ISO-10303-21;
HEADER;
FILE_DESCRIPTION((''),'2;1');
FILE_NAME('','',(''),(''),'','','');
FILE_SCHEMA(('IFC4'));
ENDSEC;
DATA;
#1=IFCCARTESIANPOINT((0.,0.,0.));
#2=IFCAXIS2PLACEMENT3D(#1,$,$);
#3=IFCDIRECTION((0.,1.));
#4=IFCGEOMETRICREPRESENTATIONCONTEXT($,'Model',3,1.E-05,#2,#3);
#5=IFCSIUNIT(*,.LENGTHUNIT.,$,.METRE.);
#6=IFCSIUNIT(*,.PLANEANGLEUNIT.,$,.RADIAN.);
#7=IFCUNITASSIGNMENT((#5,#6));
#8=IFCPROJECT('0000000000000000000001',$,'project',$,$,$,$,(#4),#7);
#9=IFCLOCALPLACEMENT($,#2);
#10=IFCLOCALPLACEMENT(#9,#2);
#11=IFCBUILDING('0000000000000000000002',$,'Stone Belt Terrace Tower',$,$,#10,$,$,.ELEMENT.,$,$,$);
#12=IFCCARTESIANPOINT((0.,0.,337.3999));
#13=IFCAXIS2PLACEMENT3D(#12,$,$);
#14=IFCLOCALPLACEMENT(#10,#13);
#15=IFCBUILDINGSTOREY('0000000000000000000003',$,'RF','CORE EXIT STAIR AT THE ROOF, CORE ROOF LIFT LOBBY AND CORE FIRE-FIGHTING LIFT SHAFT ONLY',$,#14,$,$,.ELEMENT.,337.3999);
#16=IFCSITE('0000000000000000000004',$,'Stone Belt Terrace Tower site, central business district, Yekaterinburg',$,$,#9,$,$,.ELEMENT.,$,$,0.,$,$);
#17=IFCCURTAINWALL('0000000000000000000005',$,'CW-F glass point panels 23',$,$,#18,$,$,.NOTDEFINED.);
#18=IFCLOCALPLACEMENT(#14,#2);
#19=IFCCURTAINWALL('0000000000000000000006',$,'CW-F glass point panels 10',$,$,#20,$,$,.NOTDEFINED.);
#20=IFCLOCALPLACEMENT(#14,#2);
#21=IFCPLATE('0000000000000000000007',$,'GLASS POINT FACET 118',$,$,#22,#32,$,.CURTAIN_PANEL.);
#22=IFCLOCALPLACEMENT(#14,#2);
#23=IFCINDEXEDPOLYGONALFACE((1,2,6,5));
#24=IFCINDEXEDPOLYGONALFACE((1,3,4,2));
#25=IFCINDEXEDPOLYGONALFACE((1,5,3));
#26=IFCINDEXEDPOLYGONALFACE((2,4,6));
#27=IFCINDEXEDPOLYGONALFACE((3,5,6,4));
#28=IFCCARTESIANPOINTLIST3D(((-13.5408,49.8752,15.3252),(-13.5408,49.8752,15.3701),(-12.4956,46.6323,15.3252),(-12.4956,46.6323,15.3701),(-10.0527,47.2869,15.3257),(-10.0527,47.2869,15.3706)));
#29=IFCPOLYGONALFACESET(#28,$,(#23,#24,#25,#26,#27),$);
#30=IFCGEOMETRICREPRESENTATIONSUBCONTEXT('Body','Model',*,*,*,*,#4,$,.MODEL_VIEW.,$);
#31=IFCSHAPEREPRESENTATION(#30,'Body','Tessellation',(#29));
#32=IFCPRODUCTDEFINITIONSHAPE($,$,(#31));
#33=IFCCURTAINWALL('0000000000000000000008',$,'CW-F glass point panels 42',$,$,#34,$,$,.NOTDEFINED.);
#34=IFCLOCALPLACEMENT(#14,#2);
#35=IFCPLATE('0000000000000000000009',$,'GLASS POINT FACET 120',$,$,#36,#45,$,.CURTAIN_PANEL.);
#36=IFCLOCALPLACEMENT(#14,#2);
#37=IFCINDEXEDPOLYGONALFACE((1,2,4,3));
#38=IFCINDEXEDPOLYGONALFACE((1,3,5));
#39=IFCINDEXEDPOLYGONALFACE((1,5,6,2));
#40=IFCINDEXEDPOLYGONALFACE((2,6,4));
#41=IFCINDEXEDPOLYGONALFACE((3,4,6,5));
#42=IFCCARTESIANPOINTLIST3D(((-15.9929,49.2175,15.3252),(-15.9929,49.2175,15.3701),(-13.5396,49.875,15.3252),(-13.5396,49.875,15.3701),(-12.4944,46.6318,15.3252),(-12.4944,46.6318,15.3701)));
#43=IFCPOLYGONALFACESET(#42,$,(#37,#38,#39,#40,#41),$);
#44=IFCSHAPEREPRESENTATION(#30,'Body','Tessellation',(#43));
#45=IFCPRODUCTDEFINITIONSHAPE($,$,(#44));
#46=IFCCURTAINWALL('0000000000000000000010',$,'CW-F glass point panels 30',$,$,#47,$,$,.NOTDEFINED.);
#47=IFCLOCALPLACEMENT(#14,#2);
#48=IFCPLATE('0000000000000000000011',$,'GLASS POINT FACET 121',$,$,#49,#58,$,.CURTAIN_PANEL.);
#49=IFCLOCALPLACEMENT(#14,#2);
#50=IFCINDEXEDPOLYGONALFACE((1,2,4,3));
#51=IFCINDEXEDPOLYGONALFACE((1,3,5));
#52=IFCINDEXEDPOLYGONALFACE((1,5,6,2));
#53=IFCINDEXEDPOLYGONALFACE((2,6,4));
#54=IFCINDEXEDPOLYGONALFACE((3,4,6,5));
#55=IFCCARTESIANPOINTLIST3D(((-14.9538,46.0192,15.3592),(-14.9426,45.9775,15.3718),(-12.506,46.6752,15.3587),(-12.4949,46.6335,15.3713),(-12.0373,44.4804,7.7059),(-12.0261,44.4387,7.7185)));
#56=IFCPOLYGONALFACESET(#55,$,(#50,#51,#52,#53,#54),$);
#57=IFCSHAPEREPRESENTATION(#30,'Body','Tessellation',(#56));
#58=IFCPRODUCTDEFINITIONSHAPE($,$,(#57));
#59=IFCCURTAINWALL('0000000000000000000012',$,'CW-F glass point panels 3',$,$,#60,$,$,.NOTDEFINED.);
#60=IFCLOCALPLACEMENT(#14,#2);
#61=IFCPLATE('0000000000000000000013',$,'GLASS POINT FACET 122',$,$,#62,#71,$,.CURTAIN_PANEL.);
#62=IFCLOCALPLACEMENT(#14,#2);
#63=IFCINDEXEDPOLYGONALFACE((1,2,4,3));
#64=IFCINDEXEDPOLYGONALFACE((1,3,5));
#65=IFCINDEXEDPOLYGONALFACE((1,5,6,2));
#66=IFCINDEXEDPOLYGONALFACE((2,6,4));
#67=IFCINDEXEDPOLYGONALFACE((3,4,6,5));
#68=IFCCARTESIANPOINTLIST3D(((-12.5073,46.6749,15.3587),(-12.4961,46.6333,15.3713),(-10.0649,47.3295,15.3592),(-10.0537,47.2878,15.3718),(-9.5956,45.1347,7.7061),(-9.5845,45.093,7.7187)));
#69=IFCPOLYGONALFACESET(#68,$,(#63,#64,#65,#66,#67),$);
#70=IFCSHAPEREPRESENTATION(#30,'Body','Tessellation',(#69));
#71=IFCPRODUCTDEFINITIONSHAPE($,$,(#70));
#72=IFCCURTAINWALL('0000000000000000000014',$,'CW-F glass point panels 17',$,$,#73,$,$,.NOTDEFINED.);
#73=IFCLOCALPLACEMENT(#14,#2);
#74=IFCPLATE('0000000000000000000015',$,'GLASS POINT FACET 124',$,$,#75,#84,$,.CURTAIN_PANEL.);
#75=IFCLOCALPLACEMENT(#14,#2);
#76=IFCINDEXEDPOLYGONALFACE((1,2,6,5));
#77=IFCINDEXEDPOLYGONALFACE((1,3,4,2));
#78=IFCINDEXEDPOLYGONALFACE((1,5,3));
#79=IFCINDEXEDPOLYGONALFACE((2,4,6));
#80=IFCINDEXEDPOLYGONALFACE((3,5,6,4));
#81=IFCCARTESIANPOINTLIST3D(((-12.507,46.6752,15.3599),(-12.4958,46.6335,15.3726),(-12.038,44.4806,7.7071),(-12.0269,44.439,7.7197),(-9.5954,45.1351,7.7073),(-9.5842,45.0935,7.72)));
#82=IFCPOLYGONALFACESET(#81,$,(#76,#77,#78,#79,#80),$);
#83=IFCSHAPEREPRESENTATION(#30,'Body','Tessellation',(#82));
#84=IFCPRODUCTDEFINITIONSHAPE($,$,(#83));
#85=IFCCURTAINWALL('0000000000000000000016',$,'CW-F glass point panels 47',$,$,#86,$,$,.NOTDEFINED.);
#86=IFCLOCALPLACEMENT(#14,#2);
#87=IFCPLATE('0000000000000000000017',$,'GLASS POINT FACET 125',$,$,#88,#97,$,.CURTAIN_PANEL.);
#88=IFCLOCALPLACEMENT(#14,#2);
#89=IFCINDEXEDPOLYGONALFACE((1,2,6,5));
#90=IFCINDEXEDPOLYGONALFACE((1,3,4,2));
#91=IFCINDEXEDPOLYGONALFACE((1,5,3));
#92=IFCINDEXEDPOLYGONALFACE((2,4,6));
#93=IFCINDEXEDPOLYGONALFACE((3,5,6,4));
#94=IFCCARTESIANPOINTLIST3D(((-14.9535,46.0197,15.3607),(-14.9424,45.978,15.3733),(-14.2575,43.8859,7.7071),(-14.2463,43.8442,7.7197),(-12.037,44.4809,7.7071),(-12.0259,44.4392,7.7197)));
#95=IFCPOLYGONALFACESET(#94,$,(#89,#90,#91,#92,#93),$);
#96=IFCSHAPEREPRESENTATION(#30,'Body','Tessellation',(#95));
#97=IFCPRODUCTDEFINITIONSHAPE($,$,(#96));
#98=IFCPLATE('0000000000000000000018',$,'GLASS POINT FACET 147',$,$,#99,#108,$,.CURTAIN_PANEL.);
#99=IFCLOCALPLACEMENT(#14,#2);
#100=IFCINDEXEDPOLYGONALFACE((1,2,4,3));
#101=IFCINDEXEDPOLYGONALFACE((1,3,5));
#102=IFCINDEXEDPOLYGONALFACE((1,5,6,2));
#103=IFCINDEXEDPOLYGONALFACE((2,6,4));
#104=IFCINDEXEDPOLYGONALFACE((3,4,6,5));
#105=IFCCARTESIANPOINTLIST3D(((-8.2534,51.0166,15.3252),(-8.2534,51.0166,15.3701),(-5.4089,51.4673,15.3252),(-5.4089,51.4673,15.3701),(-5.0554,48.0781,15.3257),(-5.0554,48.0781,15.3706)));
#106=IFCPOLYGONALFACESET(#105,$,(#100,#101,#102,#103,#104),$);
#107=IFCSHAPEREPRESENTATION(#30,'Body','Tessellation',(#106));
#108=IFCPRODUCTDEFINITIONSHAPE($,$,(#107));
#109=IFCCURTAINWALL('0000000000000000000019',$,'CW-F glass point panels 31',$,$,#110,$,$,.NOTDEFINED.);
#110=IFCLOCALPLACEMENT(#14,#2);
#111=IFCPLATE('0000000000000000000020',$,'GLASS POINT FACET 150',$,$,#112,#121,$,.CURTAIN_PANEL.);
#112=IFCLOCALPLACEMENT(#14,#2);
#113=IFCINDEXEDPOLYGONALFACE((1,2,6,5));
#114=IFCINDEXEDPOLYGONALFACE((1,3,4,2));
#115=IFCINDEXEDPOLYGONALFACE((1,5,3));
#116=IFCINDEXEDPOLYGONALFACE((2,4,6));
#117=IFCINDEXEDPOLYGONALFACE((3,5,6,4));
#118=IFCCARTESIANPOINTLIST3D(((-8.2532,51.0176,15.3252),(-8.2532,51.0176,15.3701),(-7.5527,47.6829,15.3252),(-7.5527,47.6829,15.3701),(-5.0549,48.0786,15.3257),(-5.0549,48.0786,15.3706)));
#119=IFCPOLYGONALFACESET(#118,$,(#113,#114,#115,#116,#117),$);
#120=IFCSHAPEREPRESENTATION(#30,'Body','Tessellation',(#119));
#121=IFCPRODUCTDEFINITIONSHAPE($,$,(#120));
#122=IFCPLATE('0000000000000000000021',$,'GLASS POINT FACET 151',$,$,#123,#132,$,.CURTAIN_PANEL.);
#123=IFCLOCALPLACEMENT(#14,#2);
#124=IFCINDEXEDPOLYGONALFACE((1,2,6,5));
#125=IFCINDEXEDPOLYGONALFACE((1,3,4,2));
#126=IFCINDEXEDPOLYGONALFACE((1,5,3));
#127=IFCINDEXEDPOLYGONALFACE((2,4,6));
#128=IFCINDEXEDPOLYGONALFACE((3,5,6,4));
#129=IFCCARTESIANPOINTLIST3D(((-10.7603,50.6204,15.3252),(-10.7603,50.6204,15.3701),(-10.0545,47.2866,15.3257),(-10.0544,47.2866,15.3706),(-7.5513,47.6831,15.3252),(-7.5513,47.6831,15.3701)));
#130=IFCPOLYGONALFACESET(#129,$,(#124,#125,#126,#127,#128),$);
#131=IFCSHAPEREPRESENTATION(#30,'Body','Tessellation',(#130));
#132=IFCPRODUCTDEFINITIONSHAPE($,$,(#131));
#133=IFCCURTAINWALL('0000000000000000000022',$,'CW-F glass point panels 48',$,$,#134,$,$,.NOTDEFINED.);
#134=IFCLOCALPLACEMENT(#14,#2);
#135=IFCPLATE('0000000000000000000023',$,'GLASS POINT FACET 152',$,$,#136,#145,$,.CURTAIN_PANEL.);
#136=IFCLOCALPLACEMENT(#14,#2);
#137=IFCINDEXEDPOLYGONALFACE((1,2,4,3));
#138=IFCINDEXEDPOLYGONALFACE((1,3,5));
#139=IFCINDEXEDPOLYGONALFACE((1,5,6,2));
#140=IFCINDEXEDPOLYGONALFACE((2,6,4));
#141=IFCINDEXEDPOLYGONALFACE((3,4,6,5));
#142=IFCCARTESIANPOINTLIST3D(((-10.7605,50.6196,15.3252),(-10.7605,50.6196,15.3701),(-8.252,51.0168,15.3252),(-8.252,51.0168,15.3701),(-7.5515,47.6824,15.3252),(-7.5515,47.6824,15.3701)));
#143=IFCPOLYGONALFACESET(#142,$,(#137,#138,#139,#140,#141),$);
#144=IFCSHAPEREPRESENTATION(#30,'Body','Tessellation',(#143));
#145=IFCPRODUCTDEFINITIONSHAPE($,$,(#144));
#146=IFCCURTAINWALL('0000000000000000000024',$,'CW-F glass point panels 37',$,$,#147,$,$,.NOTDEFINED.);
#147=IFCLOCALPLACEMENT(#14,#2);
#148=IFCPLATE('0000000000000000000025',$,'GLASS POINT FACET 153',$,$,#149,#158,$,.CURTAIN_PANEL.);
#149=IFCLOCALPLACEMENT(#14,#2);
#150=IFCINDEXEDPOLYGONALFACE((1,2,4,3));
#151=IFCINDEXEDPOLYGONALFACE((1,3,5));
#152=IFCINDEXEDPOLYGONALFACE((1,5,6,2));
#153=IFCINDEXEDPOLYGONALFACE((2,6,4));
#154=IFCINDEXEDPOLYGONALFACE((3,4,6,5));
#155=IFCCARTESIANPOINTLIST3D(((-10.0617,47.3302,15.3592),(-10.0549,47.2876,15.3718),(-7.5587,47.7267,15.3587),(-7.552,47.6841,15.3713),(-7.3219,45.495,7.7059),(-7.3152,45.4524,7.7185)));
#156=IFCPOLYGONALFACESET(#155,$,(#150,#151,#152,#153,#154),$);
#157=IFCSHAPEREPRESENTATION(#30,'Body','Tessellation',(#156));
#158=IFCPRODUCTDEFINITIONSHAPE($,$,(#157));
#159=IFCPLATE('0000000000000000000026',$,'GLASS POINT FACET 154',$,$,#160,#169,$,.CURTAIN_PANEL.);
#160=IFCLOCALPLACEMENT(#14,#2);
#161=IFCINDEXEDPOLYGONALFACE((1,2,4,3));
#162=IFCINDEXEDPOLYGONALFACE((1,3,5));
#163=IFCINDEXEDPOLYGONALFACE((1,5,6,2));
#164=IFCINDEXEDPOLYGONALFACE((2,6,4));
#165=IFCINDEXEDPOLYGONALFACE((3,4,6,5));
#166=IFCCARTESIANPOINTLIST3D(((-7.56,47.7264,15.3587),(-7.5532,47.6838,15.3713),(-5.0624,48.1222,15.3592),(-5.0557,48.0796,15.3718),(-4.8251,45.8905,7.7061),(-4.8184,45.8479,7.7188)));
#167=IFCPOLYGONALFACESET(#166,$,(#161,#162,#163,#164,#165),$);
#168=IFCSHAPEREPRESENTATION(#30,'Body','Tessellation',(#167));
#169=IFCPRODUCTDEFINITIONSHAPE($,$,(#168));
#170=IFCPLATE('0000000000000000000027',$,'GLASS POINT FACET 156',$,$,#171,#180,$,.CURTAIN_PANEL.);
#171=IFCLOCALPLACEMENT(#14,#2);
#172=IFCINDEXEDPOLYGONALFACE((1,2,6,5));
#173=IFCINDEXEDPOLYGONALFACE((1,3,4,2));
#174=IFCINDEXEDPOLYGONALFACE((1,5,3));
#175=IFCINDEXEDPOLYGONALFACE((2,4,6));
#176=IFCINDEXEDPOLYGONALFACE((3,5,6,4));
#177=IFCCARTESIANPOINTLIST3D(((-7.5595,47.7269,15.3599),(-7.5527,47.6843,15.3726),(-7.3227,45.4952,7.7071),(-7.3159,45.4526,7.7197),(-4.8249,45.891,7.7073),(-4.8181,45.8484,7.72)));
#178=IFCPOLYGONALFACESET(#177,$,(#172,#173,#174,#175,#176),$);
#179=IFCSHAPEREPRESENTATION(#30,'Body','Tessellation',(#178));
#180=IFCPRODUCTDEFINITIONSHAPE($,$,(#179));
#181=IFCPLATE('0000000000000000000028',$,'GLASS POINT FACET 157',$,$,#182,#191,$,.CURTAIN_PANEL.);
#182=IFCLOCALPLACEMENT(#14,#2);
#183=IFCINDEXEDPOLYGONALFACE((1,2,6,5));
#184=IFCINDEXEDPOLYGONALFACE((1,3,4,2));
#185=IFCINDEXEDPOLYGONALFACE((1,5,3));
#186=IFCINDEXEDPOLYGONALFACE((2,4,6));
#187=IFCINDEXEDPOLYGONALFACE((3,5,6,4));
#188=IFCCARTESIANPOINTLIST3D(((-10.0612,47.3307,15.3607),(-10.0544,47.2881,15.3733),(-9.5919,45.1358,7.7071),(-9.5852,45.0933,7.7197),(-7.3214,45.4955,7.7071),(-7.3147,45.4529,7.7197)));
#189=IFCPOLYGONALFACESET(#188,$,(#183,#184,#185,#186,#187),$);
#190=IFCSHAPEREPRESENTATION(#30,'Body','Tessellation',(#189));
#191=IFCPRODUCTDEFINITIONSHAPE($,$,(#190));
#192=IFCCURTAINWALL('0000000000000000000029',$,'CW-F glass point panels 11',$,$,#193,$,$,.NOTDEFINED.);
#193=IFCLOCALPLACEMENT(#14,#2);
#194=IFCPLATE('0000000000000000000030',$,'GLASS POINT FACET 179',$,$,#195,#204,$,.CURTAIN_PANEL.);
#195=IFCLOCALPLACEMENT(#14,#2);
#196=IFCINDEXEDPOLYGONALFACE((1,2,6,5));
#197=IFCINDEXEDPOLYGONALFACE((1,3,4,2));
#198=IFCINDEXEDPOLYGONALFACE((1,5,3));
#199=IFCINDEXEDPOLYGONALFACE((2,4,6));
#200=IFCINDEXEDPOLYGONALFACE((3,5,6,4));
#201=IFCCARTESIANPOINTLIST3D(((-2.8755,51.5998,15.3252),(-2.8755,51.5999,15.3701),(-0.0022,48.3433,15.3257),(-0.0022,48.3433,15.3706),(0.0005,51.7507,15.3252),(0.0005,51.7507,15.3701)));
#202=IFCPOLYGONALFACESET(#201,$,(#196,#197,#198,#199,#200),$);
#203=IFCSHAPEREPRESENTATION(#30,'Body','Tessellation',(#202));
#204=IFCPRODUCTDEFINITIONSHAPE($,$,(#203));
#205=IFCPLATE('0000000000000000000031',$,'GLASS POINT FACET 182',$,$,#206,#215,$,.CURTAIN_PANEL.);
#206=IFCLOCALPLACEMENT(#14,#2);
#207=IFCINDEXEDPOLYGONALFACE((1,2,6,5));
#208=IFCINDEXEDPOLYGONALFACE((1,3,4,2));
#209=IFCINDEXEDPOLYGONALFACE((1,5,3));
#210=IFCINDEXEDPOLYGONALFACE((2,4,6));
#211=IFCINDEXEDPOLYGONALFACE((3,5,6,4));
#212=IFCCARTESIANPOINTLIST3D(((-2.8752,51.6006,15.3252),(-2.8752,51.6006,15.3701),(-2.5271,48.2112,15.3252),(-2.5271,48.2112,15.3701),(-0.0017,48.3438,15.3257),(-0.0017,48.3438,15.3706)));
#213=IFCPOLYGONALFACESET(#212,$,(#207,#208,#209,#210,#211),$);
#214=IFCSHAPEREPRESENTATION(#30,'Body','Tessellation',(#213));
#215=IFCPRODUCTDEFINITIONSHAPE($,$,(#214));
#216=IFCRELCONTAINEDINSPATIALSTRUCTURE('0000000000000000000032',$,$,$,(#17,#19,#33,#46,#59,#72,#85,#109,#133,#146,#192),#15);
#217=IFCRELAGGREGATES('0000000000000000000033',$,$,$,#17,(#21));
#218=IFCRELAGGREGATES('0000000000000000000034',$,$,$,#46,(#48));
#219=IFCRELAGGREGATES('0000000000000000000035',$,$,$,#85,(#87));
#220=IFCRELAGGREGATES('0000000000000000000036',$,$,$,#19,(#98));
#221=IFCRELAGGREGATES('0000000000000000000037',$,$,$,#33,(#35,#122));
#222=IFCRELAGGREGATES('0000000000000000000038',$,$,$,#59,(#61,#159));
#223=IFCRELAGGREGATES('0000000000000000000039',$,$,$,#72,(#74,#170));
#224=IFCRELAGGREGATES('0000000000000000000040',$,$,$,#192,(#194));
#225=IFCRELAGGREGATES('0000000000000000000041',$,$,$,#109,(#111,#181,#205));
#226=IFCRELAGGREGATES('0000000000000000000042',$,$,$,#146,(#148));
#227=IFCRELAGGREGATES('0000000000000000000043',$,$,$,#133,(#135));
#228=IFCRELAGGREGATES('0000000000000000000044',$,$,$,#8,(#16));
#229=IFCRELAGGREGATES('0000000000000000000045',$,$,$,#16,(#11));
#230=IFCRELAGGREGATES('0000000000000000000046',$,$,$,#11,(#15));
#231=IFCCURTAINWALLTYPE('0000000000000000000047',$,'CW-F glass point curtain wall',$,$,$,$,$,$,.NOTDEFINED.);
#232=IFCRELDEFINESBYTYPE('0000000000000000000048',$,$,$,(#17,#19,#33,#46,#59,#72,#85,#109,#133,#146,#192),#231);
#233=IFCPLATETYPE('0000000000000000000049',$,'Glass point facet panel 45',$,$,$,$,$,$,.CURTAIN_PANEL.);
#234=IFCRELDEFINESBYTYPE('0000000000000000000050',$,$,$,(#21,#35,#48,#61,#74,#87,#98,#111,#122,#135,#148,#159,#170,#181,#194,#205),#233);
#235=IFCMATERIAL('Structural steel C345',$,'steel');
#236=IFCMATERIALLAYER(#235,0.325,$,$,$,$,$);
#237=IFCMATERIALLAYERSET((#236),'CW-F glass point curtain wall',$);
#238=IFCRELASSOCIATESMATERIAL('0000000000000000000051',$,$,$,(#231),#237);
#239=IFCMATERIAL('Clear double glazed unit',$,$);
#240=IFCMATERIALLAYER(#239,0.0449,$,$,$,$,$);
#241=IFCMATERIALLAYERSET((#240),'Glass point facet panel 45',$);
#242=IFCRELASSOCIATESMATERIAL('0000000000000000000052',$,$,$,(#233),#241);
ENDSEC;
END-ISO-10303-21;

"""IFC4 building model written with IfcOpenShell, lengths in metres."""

from ifc_helpers import new_model, si_unit, direction, frame, origin, place, context, subcontext, project, spatial, polyline, outline, extrude, material, layer, layer_set, type_object, element, aggregate, save


model = new_model("IFC4")

# Units and contexts
model_context = context("Model", 3, precision=1e-05, world=origin(), true_north=direction((0.0, 1.0)))
body_context = subcontext(model_context, "Body", "Model", "MODEL_VIEW")
ifc_project = project(units=[si_unit("LENGTHUNIT", "METRE"), si_unit("PLANEANGLEUNIT", "RADIAN")], contexts=[model_context])

# Site, building, storey
site_placement = place(None, origin())
site = spatial("IfcSite", under=ifc_project, at=site_placement, Name="Stone Belt Terrace Tower site, central business district, Yekaterinburg", CompositionType="ELEMENT", RefElevation=0.0)
building_placement = place(site_placement, origin())
building = spatial("IfcBuilding", under=site, at=building_placement, Name="Stone Belt Terrace Tower", CompositionType="ELEMENT")
storey_placement = place(building_placement, frame((0.0, 0.0, 337.3999)))
storey = spatial("IfcBuildingStorey", under=building, at=storey_placement, Name="RF", Description="CORE EXIT STAIR AT THE ROOF, CORE ROOF LIFT LOBBY AND CORE FIRE-FIGHTING LIFT SHAFT ONLY", CompositionType="ELEMENT", Elevation=337.3999)

# Shared definitions
ifc_material_1 = material(Name="Structural steel C345", Category="steel")

# Curtain walls
ifc_layer_1 = layer(ifc_material_1, 0.325)
ifc_layer_set_1 = layer_set([ifc_layer_1], Name="CW-F glass point curtain wall")
curtain_wall_type = type_object("IfcCurtainWallType", Name="CW-F glass point curtain wall", PredefinedType="NOTDEFINED", material=ifc_layer_set_1)
ifc_material_2 = material(Name="Clear double glazed unit")
ifc_layer_2 = layer(ifc_material_2, 0.0449)
ifc_layer_set_2 = layer_set([ifc_layer_2], Name="Glass point facet panel 45")
plate_type = type_object("IfcPlateType", Name="Glass point facet panel 45", PredefinedType="CURTAIN_PANEL", material=ifc_layer_set_2)
curtain_wall_1_placement = place(storey_placement, origin())
curtain_wall_1 = element("IfcCurtainWall", 1, at=curtain_wall_1_placement, inside=storey, type_object=curtain_wall_type, Name="CW-F glass point panels 23", PredefinedType="NOTDEFINED")
curtain_wall_2_placement = place(storey_placement, origin())
curtain_wall_2 = element("IfcCurtainWall", 2, at=curtain_wall_2_placement, inside=storey, type_object=curtain_wall_type, Name="CW-F glass point panels 10", PredefinedType="NOTDEFINED")

# Plate
plate_1_placement = place(storey_placement, frame((-10.0527, 47.2869, 15.3706), z_axis=(-0.000184, -0.000059, 1.0), x_axis=(-0.965928, -0.25881, -0.000193)))
plate_1 = element("IfcPlate", 3, at=plate_1_placement, type_object=plate_type, Name="GLASS POINT FACET 118", PredefinedType="CURTAIN_PANEL", context=body_context, shape_type="SweptSolid", body=[
    extrude(outline(polyline([(0.0, 0.0), (2.529, 0.0), (2.6993, -3.4029), (0.0, 0.0)])), origin(), (0.0, 0.0, -1.0), 0.0449),
])
aggregate(curtain_wall_1, [plate_1])

# Curtain walls, plates
curtain_wall_3_placement = place(storey_placement, origin())
curtain_wall_3 = element("IfcCurtainWall", 4, at=curtain_wall_3_placement, inside=storey, type_object=curtain_wall_type, Name="CW-F glass point panels 42", PredefinedType="NOTDEFINED")
plate_2_placement = place(storey_placement, frame((-13.5396, 49.875, 15.3701), z_axis=(0.0, 0.0, 1.0), x_axis=(0.306733, -0.951796, 0.0)))
plate_2 = element("IfcPlate", 5, at=plate_2_placement, type_object=plate_type, Name="GLASS POINT FACET 120", PredefinedType="CURTAIN_PANEL", context=body_context, shape_type="SweptSolid", body=[
    extrude(outline(polyline([(0.0, 0.0), (3.4074, 0.0), (-0.1268, -2.5368), (0.0, 0.0)])), origin(), (0.0, 0.0, -1.0), 0.0449),
])
curtain_wall_4_placement = place(storey_placement, origin())
curtain_wall_4 = element("IfcCurtainWall", 6, at=curtain_wall_4_placement, inside=storey, type_object=curtain_wall_type, Name="CW-F glass point panels 30", PredefinedType="NOTDEFINED")
plate_3_placement = place(storey_placement, frame((-14.9426, 45.9775, 15.3718), z_axis=(0.248484, -0.92696, 0.281071), x_axis=(0.965913, 0.258868, -0.000193)))
plate_3 = element("IfcPlate", 7, at=plate_3_placement, type_object=plate_type, Name="GLASS POINT FACET 121", PredefinedType="CURTAIN_PANEL", context=body_context, shape_type="SweptSolid", body=[
    extrude(outline(polyline([(0.0, 0.0), (2.5341, 0.0), (2.4202, -7.9743), (0.0, 0.0)])), origin(), (0.0, 0.0, -1.0), 0.0449),
])
aggregate(curtain_wall_4, [plate_3])
curtain_wall_5_placement = place(storey_placement, origin())
curtain_wall_5 = element("IfcCurtainWall", 8, at=curtain_wall_5_placement, inside=storey, type_object=curtain_wall_type, Name="CW-F glass point panels 3", PredefinedType="NOTDEFINED")
plate_4_placement = place(storey_placement, frame((-10.0537, 47.2878, 15.3718), z_axis=(0.24837, -0.926988, 0.281079), x_axis=(0.058836, -0.275199, -0.959585)))
plate_4 = element("IfcPlate", 9, at=plate_4_placement, type_object=plate_type, Name="GLASS POINT FACET 122", PredefinedType="CURTAIN_PANEL", context=body_context, shape_type="SweptSolid", body=[
    extrude(outline(polyline([(0.0, 0.0), (7.9754, 0.0), (0.0369, -2.5283), (0.0, 0.0)])), origin(), (0.0, 0.0, -1.0), 0.0449),
])
curtain_wall_6_placement = place(storey_placement, origin())
curtain_wall_6 = element("IfcCurtainWall", 10, at=curtain_wall_6_placement, inside=storey, type_object=curtain_wall_type, Name="CW-F glass point panels 17", PredefinedType="NOTDEFINED")
plate_5_placement = place(storey_placement, frame((-12.4958, 46.6335, 15.3726), z_axis=(0.248375, -0.926995, 0.281053), x_axis=(0.349478, -0.184849, -0.918529)))
plate_5 = element("IfcPlate", 11, at=plate_5_placement, type_object=plate_type, Name="GLASS POINT FACET 124", PredefinedType="CURTAIN_PANEL", context=body_context, shape_type="SweptSolid", body=[
    extrude(outline(polyline([(0.0, 0.0), (8.3313, 0.0), (7.5989, -2.4204), (0.0, 0.0)])), origin(), (0.0, 0.0, -1.0), 0.0449),
])
curtain_wall_7_placement = place(storey_placement, origin())
curtain_wall_7 = element("IfcCurtainWall", 12, at=curtain_wall_7_placement, inside=storey, type_object=curtain_wall_type, Name="CW-F glass point panels 47", PredefinedType="NOTDEFINED")
plate_6_placement = place(storey_placement, frame((-14.9424, 45.978, 15.3733), z_axis=(0.248388, -0.926997, 0.281033), x_axis=(0.349964, -0.184649, -0.918384)))
plate_6 = element("IfcPlate", 13, at=plate_6_placement, type_object=plate_type, Name="GLASS POINT FACET 125", PredefinedType="CURTAIN_PANEL", context=body_context, shape_type="SweptSolid", body=[
    extrude(outline(polyline([(0.0, 0.0), (8.3337, 0.0), (7.6665, -2.1998), (0.0, 0.0)])), origin(), (0.0, 0.0, -1.0), 0.0449),
])
aggregate(curtain_wall_7, [plate_6])

# Plate
plate_7_placement = place(storey_placement, frame((-5.0554, 48.0781, 15.3706), z_axis=(-0.000022, 0.000142, 1.0), x_axis=(-0.736353, 0.676597, -0.000112)))
plate_7 = element("IfcPlate", 14, at=plate_7_placement, type_object=plate_type, Name="GLASS POINT FACET 147", PredefinedType="CURTAIN_PANEL", context=body_context, shape_type="SweptSolid", body=[
    extrude(outline(polyline([(0.0, 0.0), (4.343, 0.0), (2.5534, -2.2564), (0.0, 0.0)])), origin(), (0.0, 0.0, -1.0), 0.0449),
])
aggregate(curtain_wall_2, [plate_7])

# Curtain wall, plate
curtain_wall_8_placement = place(storey_placement, origin())
curtain_wall_8 = element("IfcCurtainWall", 15, at=curtain_wall_8_placement, inside=storey, type_object=curtain_wall_type, Name="CW-F glass point panels 31", PredefinedType="NOTDEFINED")
plate_8_placement = place(storey_placement, frame((-5.0549, 48.0786, 15.3706), z_axis=(-0.000189, -0.00004, 1.0), x_axis=(-0.98768, -0.156488, -0.000193)))
plate_8 = element("IfcPlate", 16, at=plate_8_placement, type_object=plate_type, Name="GLASS POINT FACET 150", PredefinedType="CURTAIN_PANEL", context=body_context, shape_type="SweptSolid", body=[
    extrude(outline(polyline([(0.0, 0.0), (2.529, 0.0), (2.6989, -3.4032), (0.0, 0.0)])), origin(), (0.0, 0.0, -1.0), 0.0449),
])

# Plate
plate_9_placement = place(storey_placement, frame((-10.0544, 47.2866, 15.3706), z_axis=(0.000166, 0.000182, 1.0), x_axis=(-0.207126, 0.978314, -0.000143)))
plate_9 = element("IfcPlate", 17, at=plate_9_placement, type_object=plate_type, Name="GLASS POINT FACET 151", PredefinedType="CURTAIN_PANEL", context=body_context, shape_type="SweptSolid", body=[
    extrude(outline(polyline([(0.0, 0.0), (3.4076, 0.0), (-0.1306, -2.531), (0.0, 0.0)])), origin(), (0.0, 0.0, -1.0), 0.0449),
])
aggregate(curtain_wall_3, [plate_2, plate_9])

# Curtain walls, plates
curtain_wall_9_placement = place(storey_placement, origin())
curtain_wall_9 = element("IfcCurtainWall", 18, at=curtain_wall_9_placement, inside=storey, type_object=curtain_wall_type, Name="CW-F glass point panels 48", PredefinedType="NOTDEFINED")
plate_10_placement = place(storey_placement, frame((-8.252, 51.0168, 15.3701), z_axis=(0.0, 0.0, 1.0), x_axis=(0.205574, -0.978642, 0.0)))
plate_10 = element("IfcPlate", 19, at=plate_10_placement, type_object=plate_type, Name="GLASS POINT FACET 152", PredefinedType="CURTAIN_PANEL", context=body_context, shape_type="SweptSolid", body=[
    extrude(outline(polyline([(0.0, 0.0), (3.4072, 0.0), (-0.127, -2.5366), (0.0, 0.0)])), origin(), (0.0, 0.0, -1.0), 0.0449),
])
curtain_wall_10_placement = place(storey_placement, origin())
curtain_wall_10 = element("IfcCurtainWall", 20, at=curtain_wall_10_placement, inside=storey, type_object=curtain_wall_type, Name="CW-F glass point panels 37", PredefinedType="NOTDEFINED")
plate_11_placement = place(storey_placement, frame((-10.0549, 47.2876, 15.3718), z_axis=(0.150204, -0.947863, 0.28106), x_axis=(0.987685, 0.156457, -0.000193)))
plate_11 = element("IfcPlate", 21, at=plate_11_placement, type_object=plate_type, Name="GLASS POINT FACET 153", PredefinedType="CURTAIN_PANEL", context=body_context, shape_type="SweptSolid", body=[
    extrude(outline(polyline([(0.0, 0.0), (2.5341, 0.0), (2.4203, -7.9743), (0.0, 0.0)])), origin(), (0.0, 0.0, -1.0), 0.0449),
])

# Plates
plate_12_placement = place(storey_placement, frame((-5.0557, 48.0796, 15.3718), z_axis=(0.150141, -0.947872, 0.281062), x_axis=(0.029755, -0.279823, -0.95959)))
plate_12 = element("IfcPlate", 22, at=plate_12_placement, type_object=plate_type, Name="GLASS POINT FACET 154", PredefinedType="CURTAIN_PANEL", context=body_context, shape_type="SweptSolid", body=[
    extrude(outline(polyline([(0.0, 0.0), (7.9754, 0.0), (0.0369, -2.5284), (0.0, 0.0)])), origin(), (0.0, 0.0, -1.0), 0.0449),
])
aggregate(curtain_wall_5, [plate_4, plate_12])
plate_13_placement = place(storey_placement, frame((-7.5527, 47.6843, 15.3726), z_axis=(0.150153, -0.947871, 0.281061), x_axis=(0.328234, -0.220366, -0.918532)))
plate_13 = element("IfcPlate", 23, at=plate_13_placement, type_object=plate_type, Name="GLASS POINT FACET 156", PredefinedType="CURTAIN_PANEL", context=body_context, shape_type="SweptSolid", body=[
    extrude(outline(polyline([(0.0, 0.0), (8.3313, 0.0), (7.5989, -2.4206), (0.0, 0.0)])), origin(), (0.0, 0.0, -1.0), 0.0449),
])
aggregate(curtain_wall_6, [plate_5, plate_13])
plate_14_placement = place(storey_placement, frame((-10.0544, 47.2881, 15.3733), z_axis=(0.150132, -0.947883, 0.28103), x_axis=(0.328753, -0.220214, -0.918383)))
plate_14 = element("IfcPlate", 24, at=plate_14_placement, type_object=plate_type, Name="GLASS POINT FACET 157", PredefinedType="CURTAIN_PANEL", context=body_context, shape_type="SweptSolid", body=[
    extrude(outline(polyline([(0.0, 0.0), (8.3337, 0.0), (7.6665, -2.1998), (0.0, 0.0)])), origin(), (0.0, 0.0, -1.0), 0.0449),
])

# Curtain wall, plate
curtain_wall_11_placement = place(storey_placement, origin())
curtain_wall_11 = element("IfcCurtainWall", 25, at=curtain_wall_11_placement, inside=storey, type_object=curtain_wall_type, Name="CW-F glass point panels 11", PredefinedType="NOTDEFINED")
plate_15_placement = place(storey_placement, frame((-0.0022, 48.3433, 15.3706), z_axis=(-0.000008, 0.000143, 1.0), x_axis=(-0.661599, 0.749858, -0.000112)))
plate_15 = element("IfcPlate", 26, at=plate_15_placement, type_object=plate_type, Name="GLASS POINT FACET 179", PredefinedType="CURTAIN_PANEL", context=body_context, shape_type="SweptSolid", body=[
    extrude(outline(polyline([(0.0, 0.0), (4.3429, 0.0), (2.5533, -2.2564), (0.0, 0.0)])), origin(), (0.0, 0.0, -1.0), 0.0449),
])
aggregate(curtain_wall_11, [plate_15])

# Plate
plate_16_placement = place(storey_placement, frame((-0.0017, 48.3438, 15.3706), z_axis=(-0.000192, -0.00002, 1.0), x_axis=(-0.998625, -0.052422, -0.000193)))
plate_16 = element("IfcPlate", 27, at=plate_16_placement, type_object=plate_type, Name="GLASS POINT FACET 182", PredefinedType="CURTAIN_PANEL", context=body_context, shape_type="SweptSolid", body=[
    extrude(outline(polyline([(0.0, 0.0), (2.5289, 0.0), (2.6989, -3.403), (0.0, 0.0)])), origin(), (0.0, 0.0, -1.0), 0.0449),
])
aggregate(curtain_wall_8, [plate_8, plate_14, plate_16])
aggregate(curtain_wall_10, [plate_11])
aggregate(curtain_wall_9, [plate_10])

save(model, "model.ifc")
